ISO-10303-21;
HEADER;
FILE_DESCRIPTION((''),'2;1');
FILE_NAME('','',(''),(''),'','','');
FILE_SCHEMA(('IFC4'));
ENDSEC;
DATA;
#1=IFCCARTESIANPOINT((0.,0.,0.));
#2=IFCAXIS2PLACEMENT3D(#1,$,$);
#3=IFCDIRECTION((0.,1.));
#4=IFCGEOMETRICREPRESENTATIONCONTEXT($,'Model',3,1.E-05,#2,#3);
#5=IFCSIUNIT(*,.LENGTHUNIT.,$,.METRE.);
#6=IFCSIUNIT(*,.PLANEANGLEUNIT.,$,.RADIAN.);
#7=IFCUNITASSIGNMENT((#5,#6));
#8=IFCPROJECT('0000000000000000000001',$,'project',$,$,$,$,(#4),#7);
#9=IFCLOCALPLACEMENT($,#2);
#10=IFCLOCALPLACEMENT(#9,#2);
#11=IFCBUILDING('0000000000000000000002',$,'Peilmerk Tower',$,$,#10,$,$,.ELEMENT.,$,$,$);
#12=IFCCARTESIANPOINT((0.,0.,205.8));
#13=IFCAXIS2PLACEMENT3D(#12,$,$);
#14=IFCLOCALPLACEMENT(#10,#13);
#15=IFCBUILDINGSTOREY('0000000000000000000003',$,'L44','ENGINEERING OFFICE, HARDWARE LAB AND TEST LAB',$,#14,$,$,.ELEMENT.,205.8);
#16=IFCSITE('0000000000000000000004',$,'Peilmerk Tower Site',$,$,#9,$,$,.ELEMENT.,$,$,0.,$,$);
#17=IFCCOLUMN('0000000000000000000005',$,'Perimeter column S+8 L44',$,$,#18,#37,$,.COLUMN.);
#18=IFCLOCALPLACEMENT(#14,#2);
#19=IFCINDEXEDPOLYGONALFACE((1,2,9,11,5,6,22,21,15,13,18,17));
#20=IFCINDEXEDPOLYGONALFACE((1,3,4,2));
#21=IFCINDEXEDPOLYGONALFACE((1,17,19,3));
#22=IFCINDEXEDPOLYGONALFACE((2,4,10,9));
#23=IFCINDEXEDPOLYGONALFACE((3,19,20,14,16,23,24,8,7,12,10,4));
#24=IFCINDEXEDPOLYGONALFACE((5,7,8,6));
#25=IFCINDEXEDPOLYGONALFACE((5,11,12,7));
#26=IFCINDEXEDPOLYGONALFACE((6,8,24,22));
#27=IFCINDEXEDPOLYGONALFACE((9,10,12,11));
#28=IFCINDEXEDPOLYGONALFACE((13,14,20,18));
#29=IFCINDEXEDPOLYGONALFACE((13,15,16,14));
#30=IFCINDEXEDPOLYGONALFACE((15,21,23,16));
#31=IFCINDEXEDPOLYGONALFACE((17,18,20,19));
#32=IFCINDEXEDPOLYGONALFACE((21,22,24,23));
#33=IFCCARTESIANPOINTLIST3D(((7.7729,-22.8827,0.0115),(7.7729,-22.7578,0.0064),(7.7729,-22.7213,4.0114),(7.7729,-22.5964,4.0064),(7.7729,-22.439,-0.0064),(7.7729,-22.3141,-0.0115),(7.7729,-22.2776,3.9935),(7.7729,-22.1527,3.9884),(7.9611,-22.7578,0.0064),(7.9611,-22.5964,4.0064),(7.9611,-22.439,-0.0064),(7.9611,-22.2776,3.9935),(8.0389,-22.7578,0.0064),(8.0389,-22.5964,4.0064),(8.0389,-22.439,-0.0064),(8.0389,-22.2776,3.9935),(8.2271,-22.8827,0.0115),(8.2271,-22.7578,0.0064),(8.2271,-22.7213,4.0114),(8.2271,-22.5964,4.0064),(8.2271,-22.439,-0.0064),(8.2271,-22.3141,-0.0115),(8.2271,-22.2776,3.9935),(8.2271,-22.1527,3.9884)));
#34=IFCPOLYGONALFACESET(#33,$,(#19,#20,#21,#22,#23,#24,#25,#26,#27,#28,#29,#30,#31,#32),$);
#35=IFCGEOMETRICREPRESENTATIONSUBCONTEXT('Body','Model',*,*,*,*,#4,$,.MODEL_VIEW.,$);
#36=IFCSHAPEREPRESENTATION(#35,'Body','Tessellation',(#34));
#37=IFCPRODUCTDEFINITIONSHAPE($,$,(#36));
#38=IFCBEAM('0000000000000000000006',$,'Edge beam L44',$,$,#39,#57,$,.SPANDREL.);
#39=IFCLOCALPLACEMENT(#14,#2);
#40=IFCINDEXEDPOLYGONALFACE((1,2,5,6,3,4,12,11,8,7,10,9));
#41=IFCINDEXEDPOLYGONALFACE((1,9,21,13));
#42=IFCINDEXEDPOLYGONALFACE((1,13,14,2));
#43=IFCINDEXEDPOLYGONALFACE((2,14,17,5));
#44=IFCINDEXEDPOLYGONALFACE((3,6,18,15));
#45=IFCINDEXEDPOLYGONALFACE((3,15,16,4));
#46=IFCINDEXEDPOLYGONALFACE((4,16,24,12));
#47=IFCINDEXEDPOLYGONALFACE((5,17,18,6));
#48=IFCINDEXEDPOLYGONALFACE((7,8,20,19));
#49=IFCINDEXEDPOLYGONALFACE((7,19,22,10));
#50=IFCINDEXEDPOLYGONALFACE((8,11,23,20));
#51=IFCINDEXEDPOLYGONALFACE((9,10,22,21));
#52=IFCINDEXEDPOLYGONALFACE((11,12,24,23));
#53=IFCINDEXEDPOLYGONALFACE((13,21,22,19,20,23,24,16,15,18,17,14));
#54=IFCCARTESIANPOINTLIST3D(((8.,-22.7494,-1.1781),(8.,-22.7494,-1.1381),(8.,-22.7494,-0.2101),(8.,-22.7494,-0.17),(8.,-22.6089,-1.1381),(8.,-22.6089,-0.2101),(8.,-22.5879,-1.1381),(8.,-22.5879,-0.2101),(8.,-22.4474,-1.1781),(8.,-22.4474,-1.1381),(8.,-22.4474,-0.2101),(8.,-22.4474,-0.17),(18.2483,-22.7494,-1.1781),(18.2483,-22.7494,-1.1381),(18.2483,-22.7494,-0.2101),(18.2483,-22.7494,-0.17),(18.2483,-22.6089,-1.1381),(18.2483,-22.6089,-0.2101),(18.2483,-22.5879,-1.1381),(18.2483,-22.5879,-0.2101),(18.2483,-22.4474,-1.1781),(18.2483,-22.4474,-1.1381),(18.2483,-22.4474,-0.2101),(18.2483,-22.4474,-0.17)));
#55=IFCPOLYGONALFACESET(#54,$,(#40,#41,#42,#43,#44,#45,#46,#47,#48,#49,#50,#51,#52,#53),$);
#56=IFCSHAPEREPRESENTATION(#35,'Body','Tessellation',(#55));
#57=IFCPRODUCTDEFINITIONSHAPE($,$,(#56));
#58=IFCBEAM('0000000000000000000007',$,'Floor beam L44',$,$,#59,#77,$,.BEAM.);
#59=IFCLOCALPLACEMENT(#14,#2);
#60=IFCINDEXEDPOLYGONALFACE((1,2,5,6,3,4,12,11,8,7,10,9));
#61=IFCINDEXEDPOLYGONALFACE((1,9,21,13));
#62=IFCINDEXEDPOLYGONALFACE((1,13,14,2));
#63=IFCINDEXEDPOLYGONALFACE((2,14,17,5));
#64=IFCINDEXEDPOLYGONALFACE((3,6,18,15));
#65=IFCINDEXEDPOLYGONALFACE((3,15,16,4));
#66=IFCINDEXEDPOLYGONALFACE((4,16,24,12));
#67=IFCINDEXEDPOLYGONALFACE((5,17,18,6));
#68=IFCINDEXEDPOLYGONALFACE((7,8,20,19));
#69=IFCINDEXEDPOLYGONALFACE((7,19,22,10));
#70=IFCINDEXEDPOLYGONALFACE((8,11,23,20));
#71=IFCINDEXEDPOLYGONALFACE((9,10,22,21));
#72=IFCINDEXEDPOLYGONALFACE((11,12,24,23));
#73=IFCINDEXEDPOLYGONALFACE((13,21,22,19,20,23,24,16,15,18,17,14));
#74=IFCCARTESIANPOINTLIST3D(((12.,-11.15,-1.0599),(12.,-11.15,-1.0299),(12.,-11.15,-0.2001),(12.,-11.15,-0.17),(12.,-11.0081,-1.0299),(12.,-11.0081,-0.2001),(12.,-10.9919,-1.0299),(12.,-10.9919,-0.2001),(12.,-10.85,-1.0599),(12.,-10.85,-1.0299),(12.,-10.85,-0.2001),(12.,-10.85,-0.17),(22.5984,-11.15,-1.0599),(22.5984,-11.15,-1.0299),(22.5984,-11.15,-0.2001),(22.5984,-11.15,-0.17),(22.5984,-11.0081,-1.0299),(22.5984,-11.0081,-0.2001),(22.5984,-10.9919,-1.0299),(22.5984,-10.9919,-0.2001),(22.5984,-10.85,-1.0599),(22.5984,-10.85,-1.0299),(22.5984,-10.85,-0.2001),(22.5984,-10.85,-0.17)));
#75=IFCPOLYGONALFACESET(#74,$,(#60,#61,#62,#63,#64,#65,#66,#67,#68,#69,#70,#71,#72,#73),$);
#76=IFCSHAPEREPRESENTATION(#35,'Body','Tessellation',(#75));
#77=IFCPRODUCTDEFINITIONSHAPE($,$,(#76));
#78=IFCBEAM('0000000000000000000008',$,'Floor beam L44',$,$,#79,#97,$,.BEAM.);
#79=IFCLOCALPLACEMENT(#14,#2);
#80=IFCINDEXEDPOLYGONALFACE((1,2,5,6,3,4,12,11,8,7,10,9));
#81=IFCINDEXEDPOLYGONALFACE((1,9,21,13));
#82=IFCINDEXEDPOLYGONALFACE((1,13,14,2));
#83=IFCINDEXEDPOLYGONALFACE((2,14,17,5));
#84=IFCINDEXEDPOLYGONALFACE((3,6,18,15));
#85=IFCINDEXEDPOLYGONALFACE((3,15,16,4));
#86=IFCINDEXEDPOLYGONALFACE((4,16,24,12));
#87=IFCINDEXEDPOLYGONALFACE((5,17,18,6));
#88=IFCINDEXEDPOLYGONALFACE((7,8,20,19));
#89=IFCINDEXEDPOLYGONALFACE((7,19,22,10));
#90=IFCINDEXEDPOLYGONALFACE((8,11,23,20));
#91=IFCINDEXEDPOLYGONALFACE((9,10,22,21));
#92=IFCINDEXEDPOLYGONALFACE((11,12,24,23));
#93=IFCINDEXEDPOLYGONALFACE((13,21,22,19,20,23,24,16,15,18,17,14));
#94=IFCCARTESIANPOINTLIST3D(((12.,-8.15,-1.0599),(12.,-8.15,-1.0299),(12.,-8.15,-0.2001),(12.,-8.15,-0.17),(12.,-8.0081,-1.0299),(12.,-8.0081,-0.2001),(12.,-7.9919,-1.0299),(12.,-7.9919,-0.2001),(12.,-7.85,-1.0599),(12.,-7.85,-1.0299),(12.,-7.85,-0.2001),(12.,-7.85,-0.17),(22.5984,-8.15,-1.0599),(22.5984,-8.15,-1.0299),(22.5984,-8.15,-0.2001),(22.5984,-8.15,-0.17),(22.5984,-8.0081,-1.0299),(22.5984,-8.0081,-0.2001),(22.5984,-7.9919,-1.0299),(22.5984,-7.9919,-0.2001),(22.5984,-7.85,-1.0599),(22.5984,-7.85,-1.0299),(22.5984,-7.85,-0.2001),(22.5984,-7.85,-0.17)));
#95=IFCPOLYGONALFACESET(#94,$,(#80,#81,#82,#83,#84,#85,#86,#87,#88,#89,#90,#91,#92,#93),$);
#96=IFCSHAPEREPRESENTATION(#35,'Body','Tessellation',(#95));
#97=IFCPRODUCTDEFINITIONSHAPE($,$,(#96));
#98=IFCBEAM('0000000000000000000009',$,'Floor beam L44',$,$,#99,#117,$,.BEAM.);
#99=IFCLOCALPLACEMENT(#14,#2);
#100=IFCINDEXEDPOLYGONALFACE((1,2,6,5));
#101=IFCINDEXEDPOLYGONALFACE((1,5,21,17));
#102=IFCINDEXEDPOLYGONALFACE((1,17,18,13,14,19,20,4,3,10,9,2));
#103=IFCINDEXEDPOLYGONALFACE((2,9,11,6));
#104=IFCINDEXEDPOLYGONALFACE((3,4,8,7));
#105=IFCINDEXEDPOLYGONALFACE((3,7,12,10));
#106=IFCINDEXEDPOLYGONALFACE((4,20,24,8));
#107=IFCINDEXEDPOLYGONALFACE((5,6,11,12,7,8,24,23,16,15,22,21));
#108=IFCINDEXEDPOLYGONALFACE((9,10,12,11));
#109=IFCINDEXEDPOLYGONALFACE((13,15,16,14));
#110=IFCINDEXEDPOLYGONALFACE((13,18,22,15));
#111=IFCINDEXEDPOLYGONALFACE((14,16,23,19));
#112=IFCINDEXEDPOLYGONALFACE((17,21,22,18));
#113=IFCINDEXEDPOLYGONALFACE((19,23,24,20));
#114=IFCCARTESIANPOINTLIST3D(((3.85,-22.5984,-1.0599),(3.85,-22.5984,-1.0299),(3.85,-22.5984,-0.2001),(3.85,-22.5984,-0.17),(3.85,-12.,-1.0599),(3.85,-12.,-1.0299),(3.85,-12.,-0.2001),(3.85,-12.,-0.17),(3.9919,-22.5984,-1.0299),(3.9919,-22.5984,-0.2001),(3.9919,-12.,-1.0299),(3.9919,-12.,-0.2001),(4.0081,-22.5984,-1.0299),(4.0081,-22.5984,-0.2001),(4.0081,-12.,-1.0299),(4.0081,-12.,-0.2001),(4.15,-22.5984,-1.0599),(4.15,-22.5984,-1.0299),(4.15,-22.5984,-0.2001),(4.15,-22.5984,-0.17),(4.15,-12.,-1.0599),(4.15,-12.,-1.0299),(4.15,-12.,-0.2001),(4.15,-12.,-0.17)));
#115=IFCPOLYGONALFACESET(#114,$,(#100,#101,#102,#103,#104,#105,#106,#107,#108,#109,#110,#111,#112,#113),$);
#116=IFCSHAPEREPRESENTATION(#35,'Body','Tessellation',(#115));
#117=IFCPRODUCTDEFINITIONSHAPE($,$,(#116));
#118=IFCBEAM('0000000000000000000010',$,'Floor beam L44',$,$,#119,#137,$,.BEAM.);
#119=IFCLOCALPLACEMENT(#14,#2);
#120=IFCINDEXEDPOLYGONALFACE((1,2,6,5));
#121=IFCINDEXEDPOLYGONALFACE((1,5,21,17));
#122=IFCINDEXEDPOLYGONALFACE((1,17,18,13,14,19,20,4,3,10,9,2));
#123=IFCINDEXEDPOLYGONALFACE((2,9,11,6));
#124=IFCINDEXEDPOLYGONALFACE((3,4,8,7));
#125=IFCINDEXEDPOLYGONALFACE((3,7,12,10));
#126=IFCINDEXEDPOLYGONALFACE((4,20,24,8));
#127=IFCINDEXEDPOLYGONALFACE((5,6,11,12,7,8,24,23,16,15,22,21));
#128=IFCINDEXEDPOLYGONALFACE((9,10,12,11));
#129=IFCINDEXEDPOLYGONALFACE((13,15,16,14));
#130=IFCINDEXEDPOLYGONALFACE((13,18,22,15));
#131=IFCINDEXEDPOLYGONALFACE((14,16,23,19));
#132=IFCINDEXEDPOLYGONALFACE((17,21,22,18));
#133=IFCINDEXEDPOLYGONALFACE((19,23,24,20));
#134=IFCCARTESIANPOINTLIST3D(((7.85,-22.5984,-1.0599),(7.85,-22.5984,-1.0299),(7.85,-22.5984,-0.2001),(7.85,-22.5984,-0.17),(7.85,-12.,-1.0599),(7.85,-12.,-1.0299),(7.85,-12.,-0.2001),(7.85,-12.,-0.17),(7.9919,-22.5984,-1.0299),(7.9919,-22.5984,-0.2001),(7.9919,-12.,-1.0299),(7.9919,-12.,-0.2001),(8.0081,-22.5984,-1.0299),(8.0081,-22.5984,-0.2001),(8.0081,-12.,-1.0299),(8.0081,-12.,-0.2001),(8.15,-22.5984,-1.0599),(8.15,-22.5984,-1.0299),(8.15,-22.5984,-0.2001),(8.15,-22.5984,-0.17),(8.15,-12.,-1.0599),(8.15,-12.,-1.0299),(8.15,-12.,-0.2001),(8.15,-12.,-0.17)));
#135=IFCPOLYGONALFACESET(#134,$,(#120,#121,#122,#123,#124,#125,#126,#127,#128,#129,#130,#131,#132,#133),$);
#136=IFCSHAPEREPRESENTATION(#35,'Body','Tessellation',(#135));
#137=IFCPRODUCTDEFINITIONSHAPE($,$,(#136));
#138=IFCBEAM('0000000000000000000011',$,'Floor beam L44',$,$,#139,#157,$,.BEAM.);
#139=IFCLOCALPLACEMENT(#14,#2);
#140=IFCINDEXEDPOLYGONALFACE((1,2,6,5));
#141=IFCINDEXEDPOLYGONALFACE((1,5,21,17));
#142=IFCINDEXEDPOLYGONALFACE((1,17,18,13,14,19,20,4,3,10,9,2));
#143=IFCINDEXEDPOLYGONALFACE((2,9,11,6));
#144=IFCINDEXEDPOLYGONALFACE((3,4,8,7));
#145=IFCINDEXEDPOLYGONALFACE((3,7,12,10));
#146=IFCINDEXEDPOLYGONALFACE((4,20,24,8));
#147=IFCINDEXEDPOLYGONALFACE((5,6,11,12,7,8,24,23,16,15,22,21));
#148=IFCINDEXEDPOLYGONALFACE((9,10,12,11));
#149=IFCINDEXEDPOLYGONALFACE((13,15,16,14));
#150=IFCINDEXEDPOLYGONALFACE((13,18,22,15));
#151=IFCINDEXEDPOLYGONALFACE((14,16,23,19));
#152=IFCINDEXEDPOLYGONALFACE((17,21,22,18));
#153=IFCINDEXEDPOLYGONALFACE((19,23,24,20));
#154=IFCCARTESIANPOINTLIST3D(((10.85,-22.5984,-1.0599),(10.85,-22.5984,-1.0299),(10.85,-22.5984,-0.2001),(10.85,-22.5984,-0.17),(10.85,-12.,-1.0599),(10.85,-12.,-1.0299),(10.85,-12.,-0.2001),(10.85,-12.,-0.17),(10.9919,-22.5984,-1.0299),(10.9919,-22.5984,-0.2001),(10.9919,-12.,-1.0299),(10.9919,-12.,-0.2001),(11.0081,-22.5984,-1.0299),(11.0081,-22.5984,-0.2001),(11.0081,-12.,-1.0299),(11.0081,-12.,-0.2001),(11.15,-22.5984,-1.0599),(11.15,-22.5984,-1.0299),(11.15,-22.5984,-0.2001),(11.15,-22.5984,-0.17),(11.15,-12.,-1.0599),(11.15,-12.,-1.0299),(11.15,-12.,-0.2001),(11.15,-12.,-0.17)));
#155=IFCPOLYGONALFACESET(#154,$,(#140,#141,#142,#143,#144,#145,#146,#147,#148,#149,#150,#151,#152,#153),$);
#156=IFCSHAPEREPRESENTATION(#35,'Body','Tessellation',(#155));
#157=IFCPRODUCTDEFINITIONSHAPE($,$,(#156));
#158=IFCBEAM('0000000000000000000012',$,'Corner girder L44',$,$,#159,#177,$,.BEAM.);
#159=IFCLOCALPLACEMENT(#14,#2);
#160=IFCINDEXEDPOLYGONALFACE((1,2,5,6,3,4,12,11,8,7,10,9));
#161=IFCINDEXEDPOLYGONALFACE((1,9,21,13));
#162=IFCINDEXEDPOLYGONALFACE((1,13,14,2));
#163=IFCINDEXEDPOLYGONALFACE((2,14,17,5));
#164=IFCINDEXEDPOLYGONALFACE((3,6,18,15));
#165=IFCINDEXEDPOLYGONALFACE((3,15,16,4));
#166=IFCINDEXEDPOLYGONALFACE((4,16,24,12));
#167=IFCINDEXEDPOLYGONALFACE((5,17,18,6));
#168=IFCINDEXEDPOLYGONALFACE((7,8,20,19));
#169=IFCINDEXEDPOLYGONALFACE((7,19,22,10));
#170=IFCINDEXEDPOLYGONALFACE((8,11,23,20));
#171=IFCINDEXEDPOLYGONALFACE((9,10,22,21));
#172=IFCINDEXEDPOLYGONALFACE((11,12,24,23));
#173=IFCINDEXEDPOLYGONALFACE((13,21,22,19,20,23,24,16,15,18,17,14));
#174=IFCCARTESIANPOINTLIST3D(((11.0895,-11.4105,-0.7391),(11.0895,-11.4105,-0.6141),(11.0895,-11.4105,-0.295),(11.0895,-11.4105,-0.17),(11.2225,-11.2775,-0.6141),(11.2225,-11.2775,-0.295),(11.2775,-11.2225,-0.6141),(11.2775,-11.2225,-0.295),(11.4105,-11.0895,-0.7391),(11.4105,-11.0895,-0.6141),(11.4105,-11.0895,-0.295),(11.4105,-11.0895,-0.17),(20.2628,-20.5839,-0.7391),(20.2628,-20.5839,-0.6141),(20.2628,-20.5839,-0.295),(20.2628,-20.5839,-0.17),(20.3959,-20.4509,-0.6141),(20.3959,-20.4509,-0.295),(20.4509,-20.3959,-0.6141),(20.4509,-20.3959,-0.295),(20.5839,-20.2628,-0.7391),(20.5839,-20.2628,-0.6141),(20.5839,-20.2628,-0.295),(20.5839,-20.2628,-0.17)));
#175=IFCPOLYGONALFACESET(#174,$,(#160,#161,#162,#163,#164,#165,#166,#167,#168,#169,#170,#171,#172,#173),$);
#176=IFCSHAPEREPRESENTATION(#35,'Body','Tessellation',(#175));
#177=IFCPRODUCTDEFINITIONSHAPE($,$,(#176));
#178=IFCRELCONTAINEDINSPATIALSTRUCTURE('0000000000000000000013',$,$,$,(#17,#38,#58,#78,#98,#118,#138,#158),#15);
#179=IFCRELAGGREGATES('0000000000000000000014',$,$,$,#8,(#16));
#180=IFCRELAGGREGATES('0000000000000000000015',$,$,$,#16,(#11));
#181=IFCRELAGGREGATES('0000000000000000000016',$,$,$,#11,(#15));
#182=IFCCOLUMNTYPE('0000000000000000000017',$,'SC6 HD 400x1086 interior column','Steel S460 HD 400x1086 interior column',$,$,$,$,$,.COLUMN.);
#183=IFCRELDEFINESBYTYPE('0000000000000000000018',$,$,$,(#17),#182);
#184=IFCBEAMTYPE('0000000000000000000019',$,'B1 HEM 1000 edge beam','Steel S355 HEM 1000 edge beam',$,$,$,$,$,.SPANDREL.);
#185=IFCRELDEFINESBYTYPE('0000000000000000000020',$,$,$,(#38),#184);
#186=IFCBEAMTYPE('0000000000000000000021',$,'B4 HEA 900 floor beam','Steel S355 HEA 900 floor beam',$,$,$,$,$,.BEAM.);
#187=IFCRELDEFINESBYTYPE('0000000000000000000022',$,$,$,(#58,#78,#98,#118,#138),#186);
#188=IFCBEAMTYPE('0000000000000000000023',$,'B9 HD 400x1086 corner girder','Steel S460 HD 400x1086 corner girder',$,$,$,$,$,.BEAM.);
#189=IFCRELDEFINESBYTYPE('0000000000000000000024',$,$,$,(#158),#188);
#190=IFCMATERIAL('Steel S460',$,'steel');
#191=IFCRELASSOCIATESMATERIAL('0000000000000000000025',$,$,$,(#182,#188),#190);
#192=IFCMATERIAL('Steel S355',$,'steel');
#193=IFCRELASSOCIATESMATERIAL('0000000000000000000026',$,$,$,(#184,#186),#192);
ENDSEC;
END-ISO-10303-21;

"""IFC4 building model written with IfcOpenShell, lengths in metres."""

from ifc_helpers import new_model, si_unit, direction, frame, origin, origin_2d, place, context, subcontext, project, spatial, i_section, extrude, material, material_profile, profile_set, type_object, element, save


model = new_model("IFC4")

# Units and contexts
model_context = context("Model", 3, precision=1e-05, world=origin(), true_north=direction((0.0, 1.0)))
body_context = subcontext(model_context, "Body", "Model", "MODEL_VIEW")
ifc_project = project(units=[si_unit("LENGTHUNIT", "METRE"), si_unit("PLANEANGLEUNIT", "RADIAN")], contexts=[model_context])

# Site, building, storey
site_placement = place(None, origin())
site = spatial("IfcSite", under=ifc_project, at=site_placement, Name="Peilmerk Tower Site", CompositionType="ELEMENT", RefElevation=0.0)
building_placement = place(site_placement, origin())
building = spatial("IfcBuilding", under=site, at=building_placement, Name="Peilmerk Tower", CompositionType="ELEMENT")
storey_placement = place(building_placement, frame((0.0, 0.0, 205.8)))
storey = spatial("IfcBuildingStorey", under=building, at=storey_placement, Name="L44", Description="ENGINEERING OFFICE, HARDWARE LAB AND TEST LAB", CompositionType="ELEMENT", Elevation=205.8)

# Column
ifc_material_1 = material(Name="Steel S460", Category="steel")
ifc_material_profile_1 = material_profile(ifc_material_1, i_section(OverallWidth=0.4541, OverallDepth=0.5691, WebThickness=0.0779, FlangeThickness=0.125, at=origin_2d()), Name="HD 400x1086")
ifc_profile_set_1 = profile_set([ifc_material_profile_1], Name="Steel S460")
column_type = type_object("IfcColumnType", Name="SC6 HD 400x1086 interior column", Description="Steel S460 HD 400x1086 interior column", PredefinedType="COLUMN", material=ifc_profile_set_1)
column_placement = place(storey_placement, frame((8.0, -22.5984, 0.0), z_axis=(0.0, 0.040311, 0.999187), x_axis=(-1.0, 0.0, 0.0)))
element("IfcColumn", 1, at=column_placement, inside=storey, type_object=column_type, Name="Perimeter column S+8 L44", PredefinedType="COLUMN", context=body_context, shape_type="SweptSolid", body=[
    extrude(i_section(OverallWidth=0.4541, OverallDepth=0.5691, WebThickness=0.0779, FlangeThickness=0.125, at=origin_2d()), origin(), (0.0, 0.0, 1.0), 4.0032),
])

# Beams
ifc_material_2 = material(Name="Steel S355", Category="steel")
ifc_material_profile_2 = material_profile(ifc_material_2, i_section(OverallWidth=0.302, OverallDepth=1.0081, WebThickness=0.021, FlangeThickness=0.04, at=origin_2d()), Name="HEM 1000")
ifc_profile_set_2 = profile_set([ifc_material_profile_2], Name="Steel S355")
beam_type_1 = type_object("IfcBeamType", Name="B1 HEM 1000 edge beam", Description="Steel S355 HEM 1000 edge beam", PredefinedType="SPANDREL", material=ifc_profile_set_2)
beam_1_placement = place(storey_placement, frame((8.0, -22.5984, -0.6741), z_axis=(1.0, 0.0, 0.0), x_axis=(0.0, 1.0, 0.0)))
element("IfcBeam", 2, at=beam_1_placement, inside=storey, type_object=beam_type_1, Name="Edge beam L44", PredefinedType="SPANDREL", context=body_context, shape_type="SweptSolid", body=[
    extrude(i_section(OverallWidth=0.302, OverallDepth=1.0081, WebThickness=0.021, FlangeThickness=0.04, at=origin_2d()), origin(), (0.0, 0.0, 1.0), 10.2483),
])
ifc_material_profile_3 = material_profile(ifc_material_2, i_section(OverallWidth=0.3, OverallDepth=0.8899, WebThickness=0.0161, FlangeThickness=0.03, at=origin_2d()), Name="HEA 900")
ifc_profile_set_3 = profile_set([ifc_material_profile_3], Name="Steel S355")
beam_type_2 = type_object("IfcBeamType", Name="B4 HEA 900 floor beam", Description="Steel S355 HEA 900 floor beam", PredefinedType="BEAM", material=ifc_profile_set_3)
for number, where, z_axis, x_axis, name in (
    (3, (12.0, -11.0, -0.615), (1.0, 0.0, 0.0), (0.0, 1.0, 0.0), "Floor beam L44"),
    (4, (12.0, -8.0, -0.615), (1.0, 0.0, 0.0), (0.0, 1.0, 0.0), "Floor beam L44"),
    (5, (4.0, -12.0, -0.615), (0.0, -1.0, 0.0), (1.0, 0.0, 0.0), "Floor beam L44"),
    (6, (8.0, -12.0, -0.615), (0.0, -1.0, 0.0), (1.0, 0.0, 0.0), "Floor beam L44"),
    (7, (11.0, -12.0, -0.615), (0.0, -1.0, 0.0), (1.0, 0.0, 0.0), "Floor beam L44"),
):
    element("IfcBeam", number, at=place(storey_placement, frame(where, z_axis=z_axis, x_axis=x_axis)), inside=storey, type_object=beam_type_2, Name=name, PredefinedType="BEAM", context=body_context, shape_type="SweptSolid", body=[
        extrude(i_section(OverallWidth=0.3, OverallDepth=0.8899, WebThickness=0.0161, FlangeThickness=0.03, at=origin_2d()), origin(), (0.0, 0.0, 1.0), 10.5984),
    ])
ifc_material_profile_4 = material_profile(ifc_material_1, i_section(OverallWidth=0.4541, OverallDepth=0.5691, WebThickness=0.0779, FlangeThickness=0.125, at=origin_2d()), Name="HD 400x1086")
ifc_profile_set_4 = profile_set([ifc_material_profile_4], Name="Steel S460")
beam_type_3 = type_object("IfcBeamType", Name="B9 HD 400x1086 corner girder", Description="Steel S460 HD 400x1086 corner girder", PredefinedType="BEAM", material=ifc_profile_set_4)
beam_2_placement = place(storey_placement, frame((11.25, -11.25, -0.4546), z_axis=(0.707107, -0.707107, 0.0), x_axis=(0.707107, 0.707107, 0.0)))
element("IfcBeam", 8, at=beam_2_placement, inside=storey, type_object=beam_type_3, Name="Corner girder L44", PredefinedType="BEAM", context=body_context, shape_type="SweptSolid", body=[
    extrude(i_section(OverallWidth=0.4541, OverallDepth=0.5691, WebThickness=0.0779, FlangeThickness=0.125, at=origin_2d()), origin(), (0.0, 0.0, 1.0), 12.9731),
])

save(model, "model.ifc")
